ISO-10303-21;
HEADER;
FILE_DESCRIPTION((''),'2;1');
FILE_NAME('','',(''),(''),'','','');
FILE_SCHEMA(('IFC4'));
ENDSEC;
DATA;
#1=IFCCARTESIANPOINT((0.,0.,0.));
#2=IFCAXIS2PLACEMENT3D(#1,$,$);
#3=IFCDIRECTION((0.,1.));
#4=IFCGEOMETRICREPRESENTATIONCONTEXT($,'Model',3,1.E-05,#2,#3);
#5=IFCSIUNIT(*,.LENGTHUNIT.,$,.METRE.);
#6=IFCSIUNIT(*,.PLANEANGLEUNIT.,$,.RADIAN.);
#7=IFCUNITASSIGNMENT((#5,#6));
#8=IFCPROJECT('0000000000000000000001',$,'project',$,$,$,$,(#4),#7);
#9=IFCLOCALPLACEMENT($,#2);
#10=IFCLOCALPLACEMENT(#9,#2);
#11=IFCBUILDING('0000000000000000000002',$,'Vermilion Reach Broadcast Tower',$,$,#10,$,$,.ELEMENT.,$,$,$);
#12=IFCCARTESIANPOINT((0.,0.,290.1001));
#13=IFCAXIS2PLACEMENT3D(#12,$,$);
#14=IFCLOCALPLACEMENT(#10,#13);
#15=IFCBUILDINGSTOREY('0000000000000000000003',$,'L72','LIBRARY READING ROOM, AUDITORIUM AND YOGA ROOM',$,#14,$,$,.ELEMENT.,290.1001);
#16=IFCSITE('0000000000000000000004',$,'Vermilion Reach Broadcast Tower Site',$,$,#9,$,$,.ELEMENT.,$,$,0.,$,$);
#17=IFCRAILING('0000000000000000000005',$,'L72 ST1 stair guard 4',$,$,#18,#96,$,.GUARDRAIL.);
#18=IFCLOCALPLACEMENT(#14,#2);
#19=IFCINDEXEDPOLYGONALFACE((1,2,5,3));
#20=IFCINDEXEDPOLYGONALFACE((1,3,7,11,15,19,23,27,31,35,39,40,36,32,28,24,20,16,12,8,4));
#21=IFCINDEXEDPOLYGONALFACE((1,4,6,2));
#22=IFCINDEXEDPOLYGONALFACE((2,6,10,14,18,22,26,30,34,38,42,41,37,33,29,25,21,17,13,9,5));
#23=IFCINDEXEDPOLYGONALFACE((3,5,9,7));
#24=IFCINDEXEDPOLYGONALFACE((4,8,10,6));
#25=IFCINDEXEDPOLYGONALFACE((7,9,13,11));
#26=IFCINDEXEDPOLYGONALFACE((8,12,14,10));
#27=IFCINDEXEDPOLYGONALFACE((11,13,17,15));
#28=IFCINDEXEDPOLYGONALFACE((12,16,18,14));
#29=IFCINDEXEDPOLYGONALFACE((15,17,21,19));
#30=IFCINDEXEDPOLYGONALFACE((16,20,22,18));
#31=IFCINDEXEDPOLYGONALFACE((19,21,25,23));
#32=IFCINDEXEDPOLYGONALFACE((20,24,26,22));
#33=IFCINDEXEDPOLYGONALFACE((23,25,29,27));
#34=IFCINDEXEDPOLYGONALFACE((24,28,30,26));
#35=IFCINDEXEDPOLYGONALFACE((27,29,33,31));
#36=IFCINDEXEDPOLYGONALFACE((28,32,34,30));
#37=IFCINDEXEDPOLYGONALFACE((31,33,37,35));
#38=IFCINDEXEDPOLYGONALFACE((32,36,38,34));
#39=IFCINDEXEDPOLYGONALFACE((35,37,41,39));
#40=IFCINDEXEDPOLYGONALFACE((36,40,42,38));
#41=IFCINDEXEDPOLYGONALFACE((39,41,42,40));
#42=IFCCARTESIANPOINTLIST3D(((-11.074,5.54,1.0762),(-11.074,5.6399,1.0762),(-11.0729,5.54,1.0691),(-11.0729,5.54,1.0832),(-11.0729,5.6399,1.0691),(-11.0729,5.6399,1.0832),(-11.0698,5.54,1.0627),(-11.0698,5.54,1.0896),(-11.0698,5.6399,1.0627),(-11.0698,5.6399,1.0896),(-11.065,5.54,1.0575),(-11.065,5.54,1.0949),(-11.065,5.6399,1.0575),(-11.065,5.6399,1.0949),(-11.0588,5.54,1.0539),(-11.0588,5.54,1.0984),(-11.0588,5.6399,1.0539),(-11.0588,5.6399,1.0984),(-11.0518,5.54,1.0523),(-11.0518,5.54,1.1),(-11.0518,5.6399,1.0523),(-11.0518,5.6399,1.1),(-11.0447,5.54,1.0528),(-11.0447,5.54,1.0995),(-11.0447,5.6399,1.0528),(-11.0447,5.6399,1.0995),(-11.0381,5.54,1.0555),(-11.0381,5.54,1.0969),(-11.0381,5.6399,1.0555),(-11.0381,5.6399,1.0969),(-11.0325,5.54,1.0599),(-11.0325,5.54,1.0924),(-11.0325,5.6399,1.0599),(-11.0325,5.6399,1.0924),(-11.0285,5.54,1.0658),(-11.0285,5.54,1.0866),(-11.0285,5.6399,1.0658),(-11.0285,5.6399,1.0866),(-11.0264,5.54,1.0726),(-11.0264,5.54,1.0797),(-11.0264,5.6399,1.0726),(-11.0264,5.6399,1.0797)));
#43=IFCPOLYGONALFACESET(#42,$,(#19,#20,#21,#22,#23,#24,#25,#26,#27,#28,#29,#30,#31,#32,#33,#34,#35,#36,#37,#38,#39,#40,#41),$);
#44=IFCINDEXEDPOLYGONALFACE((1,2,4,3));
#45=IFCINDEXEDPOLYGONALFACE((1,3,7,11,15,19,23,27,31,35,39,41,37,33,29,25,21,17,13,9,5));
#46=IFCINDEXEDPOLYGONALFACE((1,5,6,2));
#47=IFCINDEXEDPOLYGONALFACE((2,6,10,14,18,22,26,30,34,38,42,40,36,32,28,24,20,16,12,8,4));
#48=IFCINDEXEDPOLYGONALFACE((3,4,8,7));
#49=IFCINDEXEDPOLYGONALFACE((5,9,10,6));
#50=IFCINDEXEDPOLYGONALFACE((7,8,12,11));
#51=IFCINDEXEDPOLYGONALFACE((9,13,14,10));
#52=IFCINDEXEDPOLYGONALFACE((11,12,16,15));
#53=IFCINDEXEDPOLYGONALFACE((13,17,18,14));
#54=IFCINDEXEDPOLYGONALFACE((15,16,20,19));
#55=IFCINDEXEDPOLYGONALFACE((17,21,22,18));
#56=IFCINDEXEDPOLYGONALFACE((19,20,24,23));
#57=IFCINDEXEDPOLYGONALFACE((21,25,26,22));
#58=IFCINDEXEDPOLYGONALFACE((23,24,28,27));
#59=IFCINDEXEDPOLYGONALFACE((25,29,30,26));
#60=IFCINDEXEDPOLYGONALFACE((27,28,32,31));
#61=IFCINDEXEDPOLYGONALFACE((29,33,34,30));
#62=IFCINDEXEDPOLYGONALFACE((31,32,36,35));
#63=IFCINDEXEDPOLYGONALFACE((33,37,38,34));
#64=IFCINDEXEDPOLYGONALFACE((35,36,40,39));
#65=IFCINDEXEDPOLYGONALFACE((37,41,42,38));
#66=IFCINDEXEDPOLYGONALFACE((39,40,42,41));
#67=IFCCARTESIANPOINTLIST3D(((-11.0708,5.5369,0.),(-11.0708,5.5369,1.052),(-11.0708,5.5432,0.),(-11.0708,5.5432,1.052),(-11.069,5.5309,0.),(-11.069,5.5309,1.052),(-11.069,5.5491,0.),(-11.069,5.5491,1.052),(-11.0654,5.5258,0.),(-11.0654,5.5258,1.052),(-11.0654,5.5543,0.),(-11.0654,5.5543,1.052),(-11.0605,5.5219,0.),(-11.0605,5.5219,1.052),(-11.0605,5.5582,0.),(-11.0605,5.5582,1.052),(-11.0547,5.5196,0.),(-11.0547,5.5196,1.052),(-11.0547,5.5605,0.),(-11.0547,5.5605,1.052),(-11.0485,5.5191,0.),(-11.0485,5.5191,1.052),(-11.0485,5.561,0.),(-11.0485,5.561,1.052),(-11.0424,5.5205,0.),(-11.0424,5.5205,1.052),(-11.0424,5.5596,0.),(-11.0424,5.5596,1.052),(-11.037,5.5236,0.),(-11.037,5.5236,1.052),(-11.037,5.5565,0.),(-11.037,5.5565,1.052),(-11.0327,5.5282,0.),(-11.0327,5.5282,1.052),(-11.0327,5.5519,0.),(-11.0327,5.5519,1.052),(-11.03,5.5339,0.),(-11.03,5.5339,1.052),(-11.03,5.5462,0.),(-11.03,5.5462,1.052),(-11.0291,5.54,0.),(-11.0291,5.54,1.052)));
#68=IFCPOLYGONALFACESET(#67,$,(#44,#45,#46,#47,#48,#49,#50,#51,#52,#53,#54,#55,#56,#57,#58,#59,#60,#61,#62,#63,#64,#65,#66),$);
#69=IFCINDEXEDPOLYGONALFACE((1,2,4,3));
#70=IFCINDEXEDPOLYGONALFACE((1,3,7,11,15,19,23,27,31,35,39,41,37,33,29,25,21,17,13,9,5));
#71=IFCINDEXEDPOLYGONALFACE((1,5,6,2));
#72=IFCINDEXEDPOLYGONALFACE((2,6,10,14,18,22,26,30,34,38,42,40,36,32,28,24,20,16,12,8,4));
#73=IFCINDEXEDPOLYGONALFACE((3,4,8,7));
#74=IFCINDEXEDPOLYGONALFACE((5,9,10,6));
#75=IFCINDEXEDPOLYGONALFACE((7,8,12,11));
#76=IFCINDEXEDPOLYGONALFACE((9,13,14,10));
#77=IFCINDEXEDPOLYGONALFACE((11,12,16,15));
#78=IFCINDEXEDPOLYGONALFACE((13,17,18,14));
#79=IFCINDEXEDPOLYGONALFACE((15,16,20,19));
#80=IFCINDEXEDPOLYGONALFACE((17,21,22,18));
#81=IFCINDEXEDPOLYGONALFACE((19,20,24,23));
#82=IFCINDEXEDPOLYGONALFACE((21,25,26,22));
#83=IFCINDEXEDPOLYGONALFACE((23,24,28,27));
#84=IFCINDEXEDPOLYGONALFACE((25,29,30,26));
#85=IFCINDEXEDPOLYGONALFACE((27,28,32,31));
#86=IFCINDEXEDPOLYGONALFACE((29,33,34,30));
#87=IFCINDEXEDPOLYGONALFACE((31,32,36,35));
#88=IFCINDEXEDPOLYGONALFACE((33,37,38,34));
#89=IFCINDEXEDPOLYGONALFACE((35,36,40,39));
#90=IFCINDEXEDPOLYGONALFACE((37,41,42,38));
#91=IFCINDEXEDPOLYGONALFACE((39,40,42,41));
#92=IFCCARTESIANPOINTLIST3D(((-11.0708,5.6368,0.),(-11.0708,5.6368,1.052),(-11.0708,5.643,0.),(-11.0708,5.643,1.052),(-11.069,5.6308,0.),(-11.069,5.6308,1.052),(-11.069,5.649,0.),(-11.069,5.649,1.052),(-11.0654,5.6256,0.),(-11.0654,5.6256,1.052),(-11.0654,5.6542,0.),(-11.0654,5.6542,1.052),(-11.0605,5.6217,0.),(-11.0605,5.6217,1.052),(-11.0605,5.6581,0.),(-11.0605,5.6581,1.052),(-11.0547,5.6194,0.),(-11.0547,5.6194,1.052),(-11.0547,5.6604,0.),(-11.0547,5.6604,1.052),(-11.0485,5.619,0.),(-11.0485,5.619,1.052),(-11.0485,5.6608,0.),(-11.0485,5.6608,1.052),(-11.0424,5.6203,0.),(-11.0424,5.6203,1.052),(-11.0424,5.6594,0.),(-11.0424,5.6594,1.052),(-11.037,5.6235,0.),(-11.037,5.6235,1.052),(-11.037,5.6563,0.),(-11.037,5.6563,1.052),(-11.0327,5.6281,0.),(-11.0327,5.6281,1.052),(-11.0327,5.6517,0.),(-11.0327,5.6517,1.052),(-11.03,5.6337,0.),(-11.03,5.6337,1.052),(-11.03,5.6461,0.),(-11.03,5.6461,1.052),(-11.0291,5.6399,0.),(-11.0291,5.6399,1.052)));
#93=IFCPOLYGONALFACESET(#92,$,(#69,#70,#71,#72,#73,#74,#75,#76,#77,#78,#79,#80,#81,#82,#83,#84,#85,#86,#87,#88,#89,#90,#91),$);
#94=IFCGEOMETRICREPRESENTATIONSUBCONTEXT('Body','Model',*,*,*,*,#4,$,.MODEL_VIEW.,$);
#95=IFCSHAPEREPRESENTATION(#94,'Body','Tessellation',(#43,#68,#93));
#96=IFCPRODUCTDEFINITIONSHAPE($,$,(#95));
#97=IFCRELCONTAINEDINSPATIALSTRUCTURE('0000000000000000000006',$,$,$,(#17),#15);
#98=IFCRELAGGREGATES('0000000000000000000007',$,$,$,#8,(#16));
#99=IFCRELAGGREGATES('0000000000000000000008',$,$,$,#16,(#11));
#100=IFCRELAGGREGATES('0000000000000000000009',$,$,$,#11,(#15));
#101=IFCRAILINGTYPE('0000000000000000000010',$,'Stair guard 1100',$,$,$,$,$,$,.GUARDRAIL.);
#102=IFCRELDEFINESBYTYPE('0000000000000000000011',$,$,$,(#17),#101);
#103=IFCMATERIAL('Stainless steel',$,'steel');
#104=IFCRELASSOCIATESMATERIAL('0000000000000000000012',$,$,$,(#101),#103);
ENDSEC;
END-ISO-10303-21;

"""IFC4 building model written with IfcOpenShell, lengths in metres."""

from ifc_helpers import new_model, si_unit, direction, frame, origin, origin_2d, place, context, subcontext, project, spatial, circle, extrude, material, type_object, element, save


model = new_model("IFC4")

# Units and contexts
model_context = context("Model", 3, precision=1e-05, world=origin(), true_north=direction((0.0, 1.0)))
body_context = subcontext(model_context, "Body", "Model", "MODEL_VIEW")
ifc_project = project(units=[si_unit("LENGTHUNIT", "METRE"), si_unit("PLANEANGLEUNIT", "RADIAN")], contexts=[model_context])

# Site, building, storey
site_placement = place(None, origin())
site = spatial("IfcSite", under=ifc_project, at=site_placement, Name="Vermilion Reach Broadcast Tower Site", CompositionType="ELEMENT", RefElevation=0.0)
building_placement = place(site_placement, origin())
building = spatial("IfcBuilding", under=site, at=building_placement, Name="Vermilion Reach Broadcast Tower", CompositionType="ELEMENT")
storey_placement = place(building_placement, frame((0.0, 0.0, 290.1001)))
storey = spatial("IfcBuildingStorey", under=building, at=storey_placement, Name="L72", Description="LIBRARY READING ROOM, AUDITORIUM AND YOGA ROOM", CompositionType="ELEMENT", Elevation=290.1001)

# Railing
ifc_material_1 = material(Name="Stainless steel", Category="steel")
railing_type_1 = type_object("IfcRailingType", Name="Stair guard 1100", PredefinedType="GUARDRAIL", material=ifc_material_1)
railing_1_placement = place(storey_placement, frame((-11.05, 5.54, 0.0)))
element("IfcRailing", 1, at=railing_1_placement, inside=storey, type_object=railing_type_1, Name="L72 ST1 stair guard 4", PredefinedType="GUARDRAIL", context=body_context, shape_type="SweptSolid", body=[
    extrude(circle(Radius=0.0239, at=origin_2d()), frame((0.0, 0.0, 1.0762), z_axis=(0.0, 1.0, 0.0), x_axis=(-1.0, 0.0, 0.0)), (0.0, 0.0, 1.0), 0.0999),
    extrude(circle(Radius=0.021, at=origin_2d()), origin(), (0.0, 0.0, 1.0), 1.052),
    extrude(circle(Radius=0.021, at=origin_2d()), frame((0.0, 0.0999, 0.0)), (0.0, 0.0, 1.0), 1.052),
])

save(model, "model.ifc")
